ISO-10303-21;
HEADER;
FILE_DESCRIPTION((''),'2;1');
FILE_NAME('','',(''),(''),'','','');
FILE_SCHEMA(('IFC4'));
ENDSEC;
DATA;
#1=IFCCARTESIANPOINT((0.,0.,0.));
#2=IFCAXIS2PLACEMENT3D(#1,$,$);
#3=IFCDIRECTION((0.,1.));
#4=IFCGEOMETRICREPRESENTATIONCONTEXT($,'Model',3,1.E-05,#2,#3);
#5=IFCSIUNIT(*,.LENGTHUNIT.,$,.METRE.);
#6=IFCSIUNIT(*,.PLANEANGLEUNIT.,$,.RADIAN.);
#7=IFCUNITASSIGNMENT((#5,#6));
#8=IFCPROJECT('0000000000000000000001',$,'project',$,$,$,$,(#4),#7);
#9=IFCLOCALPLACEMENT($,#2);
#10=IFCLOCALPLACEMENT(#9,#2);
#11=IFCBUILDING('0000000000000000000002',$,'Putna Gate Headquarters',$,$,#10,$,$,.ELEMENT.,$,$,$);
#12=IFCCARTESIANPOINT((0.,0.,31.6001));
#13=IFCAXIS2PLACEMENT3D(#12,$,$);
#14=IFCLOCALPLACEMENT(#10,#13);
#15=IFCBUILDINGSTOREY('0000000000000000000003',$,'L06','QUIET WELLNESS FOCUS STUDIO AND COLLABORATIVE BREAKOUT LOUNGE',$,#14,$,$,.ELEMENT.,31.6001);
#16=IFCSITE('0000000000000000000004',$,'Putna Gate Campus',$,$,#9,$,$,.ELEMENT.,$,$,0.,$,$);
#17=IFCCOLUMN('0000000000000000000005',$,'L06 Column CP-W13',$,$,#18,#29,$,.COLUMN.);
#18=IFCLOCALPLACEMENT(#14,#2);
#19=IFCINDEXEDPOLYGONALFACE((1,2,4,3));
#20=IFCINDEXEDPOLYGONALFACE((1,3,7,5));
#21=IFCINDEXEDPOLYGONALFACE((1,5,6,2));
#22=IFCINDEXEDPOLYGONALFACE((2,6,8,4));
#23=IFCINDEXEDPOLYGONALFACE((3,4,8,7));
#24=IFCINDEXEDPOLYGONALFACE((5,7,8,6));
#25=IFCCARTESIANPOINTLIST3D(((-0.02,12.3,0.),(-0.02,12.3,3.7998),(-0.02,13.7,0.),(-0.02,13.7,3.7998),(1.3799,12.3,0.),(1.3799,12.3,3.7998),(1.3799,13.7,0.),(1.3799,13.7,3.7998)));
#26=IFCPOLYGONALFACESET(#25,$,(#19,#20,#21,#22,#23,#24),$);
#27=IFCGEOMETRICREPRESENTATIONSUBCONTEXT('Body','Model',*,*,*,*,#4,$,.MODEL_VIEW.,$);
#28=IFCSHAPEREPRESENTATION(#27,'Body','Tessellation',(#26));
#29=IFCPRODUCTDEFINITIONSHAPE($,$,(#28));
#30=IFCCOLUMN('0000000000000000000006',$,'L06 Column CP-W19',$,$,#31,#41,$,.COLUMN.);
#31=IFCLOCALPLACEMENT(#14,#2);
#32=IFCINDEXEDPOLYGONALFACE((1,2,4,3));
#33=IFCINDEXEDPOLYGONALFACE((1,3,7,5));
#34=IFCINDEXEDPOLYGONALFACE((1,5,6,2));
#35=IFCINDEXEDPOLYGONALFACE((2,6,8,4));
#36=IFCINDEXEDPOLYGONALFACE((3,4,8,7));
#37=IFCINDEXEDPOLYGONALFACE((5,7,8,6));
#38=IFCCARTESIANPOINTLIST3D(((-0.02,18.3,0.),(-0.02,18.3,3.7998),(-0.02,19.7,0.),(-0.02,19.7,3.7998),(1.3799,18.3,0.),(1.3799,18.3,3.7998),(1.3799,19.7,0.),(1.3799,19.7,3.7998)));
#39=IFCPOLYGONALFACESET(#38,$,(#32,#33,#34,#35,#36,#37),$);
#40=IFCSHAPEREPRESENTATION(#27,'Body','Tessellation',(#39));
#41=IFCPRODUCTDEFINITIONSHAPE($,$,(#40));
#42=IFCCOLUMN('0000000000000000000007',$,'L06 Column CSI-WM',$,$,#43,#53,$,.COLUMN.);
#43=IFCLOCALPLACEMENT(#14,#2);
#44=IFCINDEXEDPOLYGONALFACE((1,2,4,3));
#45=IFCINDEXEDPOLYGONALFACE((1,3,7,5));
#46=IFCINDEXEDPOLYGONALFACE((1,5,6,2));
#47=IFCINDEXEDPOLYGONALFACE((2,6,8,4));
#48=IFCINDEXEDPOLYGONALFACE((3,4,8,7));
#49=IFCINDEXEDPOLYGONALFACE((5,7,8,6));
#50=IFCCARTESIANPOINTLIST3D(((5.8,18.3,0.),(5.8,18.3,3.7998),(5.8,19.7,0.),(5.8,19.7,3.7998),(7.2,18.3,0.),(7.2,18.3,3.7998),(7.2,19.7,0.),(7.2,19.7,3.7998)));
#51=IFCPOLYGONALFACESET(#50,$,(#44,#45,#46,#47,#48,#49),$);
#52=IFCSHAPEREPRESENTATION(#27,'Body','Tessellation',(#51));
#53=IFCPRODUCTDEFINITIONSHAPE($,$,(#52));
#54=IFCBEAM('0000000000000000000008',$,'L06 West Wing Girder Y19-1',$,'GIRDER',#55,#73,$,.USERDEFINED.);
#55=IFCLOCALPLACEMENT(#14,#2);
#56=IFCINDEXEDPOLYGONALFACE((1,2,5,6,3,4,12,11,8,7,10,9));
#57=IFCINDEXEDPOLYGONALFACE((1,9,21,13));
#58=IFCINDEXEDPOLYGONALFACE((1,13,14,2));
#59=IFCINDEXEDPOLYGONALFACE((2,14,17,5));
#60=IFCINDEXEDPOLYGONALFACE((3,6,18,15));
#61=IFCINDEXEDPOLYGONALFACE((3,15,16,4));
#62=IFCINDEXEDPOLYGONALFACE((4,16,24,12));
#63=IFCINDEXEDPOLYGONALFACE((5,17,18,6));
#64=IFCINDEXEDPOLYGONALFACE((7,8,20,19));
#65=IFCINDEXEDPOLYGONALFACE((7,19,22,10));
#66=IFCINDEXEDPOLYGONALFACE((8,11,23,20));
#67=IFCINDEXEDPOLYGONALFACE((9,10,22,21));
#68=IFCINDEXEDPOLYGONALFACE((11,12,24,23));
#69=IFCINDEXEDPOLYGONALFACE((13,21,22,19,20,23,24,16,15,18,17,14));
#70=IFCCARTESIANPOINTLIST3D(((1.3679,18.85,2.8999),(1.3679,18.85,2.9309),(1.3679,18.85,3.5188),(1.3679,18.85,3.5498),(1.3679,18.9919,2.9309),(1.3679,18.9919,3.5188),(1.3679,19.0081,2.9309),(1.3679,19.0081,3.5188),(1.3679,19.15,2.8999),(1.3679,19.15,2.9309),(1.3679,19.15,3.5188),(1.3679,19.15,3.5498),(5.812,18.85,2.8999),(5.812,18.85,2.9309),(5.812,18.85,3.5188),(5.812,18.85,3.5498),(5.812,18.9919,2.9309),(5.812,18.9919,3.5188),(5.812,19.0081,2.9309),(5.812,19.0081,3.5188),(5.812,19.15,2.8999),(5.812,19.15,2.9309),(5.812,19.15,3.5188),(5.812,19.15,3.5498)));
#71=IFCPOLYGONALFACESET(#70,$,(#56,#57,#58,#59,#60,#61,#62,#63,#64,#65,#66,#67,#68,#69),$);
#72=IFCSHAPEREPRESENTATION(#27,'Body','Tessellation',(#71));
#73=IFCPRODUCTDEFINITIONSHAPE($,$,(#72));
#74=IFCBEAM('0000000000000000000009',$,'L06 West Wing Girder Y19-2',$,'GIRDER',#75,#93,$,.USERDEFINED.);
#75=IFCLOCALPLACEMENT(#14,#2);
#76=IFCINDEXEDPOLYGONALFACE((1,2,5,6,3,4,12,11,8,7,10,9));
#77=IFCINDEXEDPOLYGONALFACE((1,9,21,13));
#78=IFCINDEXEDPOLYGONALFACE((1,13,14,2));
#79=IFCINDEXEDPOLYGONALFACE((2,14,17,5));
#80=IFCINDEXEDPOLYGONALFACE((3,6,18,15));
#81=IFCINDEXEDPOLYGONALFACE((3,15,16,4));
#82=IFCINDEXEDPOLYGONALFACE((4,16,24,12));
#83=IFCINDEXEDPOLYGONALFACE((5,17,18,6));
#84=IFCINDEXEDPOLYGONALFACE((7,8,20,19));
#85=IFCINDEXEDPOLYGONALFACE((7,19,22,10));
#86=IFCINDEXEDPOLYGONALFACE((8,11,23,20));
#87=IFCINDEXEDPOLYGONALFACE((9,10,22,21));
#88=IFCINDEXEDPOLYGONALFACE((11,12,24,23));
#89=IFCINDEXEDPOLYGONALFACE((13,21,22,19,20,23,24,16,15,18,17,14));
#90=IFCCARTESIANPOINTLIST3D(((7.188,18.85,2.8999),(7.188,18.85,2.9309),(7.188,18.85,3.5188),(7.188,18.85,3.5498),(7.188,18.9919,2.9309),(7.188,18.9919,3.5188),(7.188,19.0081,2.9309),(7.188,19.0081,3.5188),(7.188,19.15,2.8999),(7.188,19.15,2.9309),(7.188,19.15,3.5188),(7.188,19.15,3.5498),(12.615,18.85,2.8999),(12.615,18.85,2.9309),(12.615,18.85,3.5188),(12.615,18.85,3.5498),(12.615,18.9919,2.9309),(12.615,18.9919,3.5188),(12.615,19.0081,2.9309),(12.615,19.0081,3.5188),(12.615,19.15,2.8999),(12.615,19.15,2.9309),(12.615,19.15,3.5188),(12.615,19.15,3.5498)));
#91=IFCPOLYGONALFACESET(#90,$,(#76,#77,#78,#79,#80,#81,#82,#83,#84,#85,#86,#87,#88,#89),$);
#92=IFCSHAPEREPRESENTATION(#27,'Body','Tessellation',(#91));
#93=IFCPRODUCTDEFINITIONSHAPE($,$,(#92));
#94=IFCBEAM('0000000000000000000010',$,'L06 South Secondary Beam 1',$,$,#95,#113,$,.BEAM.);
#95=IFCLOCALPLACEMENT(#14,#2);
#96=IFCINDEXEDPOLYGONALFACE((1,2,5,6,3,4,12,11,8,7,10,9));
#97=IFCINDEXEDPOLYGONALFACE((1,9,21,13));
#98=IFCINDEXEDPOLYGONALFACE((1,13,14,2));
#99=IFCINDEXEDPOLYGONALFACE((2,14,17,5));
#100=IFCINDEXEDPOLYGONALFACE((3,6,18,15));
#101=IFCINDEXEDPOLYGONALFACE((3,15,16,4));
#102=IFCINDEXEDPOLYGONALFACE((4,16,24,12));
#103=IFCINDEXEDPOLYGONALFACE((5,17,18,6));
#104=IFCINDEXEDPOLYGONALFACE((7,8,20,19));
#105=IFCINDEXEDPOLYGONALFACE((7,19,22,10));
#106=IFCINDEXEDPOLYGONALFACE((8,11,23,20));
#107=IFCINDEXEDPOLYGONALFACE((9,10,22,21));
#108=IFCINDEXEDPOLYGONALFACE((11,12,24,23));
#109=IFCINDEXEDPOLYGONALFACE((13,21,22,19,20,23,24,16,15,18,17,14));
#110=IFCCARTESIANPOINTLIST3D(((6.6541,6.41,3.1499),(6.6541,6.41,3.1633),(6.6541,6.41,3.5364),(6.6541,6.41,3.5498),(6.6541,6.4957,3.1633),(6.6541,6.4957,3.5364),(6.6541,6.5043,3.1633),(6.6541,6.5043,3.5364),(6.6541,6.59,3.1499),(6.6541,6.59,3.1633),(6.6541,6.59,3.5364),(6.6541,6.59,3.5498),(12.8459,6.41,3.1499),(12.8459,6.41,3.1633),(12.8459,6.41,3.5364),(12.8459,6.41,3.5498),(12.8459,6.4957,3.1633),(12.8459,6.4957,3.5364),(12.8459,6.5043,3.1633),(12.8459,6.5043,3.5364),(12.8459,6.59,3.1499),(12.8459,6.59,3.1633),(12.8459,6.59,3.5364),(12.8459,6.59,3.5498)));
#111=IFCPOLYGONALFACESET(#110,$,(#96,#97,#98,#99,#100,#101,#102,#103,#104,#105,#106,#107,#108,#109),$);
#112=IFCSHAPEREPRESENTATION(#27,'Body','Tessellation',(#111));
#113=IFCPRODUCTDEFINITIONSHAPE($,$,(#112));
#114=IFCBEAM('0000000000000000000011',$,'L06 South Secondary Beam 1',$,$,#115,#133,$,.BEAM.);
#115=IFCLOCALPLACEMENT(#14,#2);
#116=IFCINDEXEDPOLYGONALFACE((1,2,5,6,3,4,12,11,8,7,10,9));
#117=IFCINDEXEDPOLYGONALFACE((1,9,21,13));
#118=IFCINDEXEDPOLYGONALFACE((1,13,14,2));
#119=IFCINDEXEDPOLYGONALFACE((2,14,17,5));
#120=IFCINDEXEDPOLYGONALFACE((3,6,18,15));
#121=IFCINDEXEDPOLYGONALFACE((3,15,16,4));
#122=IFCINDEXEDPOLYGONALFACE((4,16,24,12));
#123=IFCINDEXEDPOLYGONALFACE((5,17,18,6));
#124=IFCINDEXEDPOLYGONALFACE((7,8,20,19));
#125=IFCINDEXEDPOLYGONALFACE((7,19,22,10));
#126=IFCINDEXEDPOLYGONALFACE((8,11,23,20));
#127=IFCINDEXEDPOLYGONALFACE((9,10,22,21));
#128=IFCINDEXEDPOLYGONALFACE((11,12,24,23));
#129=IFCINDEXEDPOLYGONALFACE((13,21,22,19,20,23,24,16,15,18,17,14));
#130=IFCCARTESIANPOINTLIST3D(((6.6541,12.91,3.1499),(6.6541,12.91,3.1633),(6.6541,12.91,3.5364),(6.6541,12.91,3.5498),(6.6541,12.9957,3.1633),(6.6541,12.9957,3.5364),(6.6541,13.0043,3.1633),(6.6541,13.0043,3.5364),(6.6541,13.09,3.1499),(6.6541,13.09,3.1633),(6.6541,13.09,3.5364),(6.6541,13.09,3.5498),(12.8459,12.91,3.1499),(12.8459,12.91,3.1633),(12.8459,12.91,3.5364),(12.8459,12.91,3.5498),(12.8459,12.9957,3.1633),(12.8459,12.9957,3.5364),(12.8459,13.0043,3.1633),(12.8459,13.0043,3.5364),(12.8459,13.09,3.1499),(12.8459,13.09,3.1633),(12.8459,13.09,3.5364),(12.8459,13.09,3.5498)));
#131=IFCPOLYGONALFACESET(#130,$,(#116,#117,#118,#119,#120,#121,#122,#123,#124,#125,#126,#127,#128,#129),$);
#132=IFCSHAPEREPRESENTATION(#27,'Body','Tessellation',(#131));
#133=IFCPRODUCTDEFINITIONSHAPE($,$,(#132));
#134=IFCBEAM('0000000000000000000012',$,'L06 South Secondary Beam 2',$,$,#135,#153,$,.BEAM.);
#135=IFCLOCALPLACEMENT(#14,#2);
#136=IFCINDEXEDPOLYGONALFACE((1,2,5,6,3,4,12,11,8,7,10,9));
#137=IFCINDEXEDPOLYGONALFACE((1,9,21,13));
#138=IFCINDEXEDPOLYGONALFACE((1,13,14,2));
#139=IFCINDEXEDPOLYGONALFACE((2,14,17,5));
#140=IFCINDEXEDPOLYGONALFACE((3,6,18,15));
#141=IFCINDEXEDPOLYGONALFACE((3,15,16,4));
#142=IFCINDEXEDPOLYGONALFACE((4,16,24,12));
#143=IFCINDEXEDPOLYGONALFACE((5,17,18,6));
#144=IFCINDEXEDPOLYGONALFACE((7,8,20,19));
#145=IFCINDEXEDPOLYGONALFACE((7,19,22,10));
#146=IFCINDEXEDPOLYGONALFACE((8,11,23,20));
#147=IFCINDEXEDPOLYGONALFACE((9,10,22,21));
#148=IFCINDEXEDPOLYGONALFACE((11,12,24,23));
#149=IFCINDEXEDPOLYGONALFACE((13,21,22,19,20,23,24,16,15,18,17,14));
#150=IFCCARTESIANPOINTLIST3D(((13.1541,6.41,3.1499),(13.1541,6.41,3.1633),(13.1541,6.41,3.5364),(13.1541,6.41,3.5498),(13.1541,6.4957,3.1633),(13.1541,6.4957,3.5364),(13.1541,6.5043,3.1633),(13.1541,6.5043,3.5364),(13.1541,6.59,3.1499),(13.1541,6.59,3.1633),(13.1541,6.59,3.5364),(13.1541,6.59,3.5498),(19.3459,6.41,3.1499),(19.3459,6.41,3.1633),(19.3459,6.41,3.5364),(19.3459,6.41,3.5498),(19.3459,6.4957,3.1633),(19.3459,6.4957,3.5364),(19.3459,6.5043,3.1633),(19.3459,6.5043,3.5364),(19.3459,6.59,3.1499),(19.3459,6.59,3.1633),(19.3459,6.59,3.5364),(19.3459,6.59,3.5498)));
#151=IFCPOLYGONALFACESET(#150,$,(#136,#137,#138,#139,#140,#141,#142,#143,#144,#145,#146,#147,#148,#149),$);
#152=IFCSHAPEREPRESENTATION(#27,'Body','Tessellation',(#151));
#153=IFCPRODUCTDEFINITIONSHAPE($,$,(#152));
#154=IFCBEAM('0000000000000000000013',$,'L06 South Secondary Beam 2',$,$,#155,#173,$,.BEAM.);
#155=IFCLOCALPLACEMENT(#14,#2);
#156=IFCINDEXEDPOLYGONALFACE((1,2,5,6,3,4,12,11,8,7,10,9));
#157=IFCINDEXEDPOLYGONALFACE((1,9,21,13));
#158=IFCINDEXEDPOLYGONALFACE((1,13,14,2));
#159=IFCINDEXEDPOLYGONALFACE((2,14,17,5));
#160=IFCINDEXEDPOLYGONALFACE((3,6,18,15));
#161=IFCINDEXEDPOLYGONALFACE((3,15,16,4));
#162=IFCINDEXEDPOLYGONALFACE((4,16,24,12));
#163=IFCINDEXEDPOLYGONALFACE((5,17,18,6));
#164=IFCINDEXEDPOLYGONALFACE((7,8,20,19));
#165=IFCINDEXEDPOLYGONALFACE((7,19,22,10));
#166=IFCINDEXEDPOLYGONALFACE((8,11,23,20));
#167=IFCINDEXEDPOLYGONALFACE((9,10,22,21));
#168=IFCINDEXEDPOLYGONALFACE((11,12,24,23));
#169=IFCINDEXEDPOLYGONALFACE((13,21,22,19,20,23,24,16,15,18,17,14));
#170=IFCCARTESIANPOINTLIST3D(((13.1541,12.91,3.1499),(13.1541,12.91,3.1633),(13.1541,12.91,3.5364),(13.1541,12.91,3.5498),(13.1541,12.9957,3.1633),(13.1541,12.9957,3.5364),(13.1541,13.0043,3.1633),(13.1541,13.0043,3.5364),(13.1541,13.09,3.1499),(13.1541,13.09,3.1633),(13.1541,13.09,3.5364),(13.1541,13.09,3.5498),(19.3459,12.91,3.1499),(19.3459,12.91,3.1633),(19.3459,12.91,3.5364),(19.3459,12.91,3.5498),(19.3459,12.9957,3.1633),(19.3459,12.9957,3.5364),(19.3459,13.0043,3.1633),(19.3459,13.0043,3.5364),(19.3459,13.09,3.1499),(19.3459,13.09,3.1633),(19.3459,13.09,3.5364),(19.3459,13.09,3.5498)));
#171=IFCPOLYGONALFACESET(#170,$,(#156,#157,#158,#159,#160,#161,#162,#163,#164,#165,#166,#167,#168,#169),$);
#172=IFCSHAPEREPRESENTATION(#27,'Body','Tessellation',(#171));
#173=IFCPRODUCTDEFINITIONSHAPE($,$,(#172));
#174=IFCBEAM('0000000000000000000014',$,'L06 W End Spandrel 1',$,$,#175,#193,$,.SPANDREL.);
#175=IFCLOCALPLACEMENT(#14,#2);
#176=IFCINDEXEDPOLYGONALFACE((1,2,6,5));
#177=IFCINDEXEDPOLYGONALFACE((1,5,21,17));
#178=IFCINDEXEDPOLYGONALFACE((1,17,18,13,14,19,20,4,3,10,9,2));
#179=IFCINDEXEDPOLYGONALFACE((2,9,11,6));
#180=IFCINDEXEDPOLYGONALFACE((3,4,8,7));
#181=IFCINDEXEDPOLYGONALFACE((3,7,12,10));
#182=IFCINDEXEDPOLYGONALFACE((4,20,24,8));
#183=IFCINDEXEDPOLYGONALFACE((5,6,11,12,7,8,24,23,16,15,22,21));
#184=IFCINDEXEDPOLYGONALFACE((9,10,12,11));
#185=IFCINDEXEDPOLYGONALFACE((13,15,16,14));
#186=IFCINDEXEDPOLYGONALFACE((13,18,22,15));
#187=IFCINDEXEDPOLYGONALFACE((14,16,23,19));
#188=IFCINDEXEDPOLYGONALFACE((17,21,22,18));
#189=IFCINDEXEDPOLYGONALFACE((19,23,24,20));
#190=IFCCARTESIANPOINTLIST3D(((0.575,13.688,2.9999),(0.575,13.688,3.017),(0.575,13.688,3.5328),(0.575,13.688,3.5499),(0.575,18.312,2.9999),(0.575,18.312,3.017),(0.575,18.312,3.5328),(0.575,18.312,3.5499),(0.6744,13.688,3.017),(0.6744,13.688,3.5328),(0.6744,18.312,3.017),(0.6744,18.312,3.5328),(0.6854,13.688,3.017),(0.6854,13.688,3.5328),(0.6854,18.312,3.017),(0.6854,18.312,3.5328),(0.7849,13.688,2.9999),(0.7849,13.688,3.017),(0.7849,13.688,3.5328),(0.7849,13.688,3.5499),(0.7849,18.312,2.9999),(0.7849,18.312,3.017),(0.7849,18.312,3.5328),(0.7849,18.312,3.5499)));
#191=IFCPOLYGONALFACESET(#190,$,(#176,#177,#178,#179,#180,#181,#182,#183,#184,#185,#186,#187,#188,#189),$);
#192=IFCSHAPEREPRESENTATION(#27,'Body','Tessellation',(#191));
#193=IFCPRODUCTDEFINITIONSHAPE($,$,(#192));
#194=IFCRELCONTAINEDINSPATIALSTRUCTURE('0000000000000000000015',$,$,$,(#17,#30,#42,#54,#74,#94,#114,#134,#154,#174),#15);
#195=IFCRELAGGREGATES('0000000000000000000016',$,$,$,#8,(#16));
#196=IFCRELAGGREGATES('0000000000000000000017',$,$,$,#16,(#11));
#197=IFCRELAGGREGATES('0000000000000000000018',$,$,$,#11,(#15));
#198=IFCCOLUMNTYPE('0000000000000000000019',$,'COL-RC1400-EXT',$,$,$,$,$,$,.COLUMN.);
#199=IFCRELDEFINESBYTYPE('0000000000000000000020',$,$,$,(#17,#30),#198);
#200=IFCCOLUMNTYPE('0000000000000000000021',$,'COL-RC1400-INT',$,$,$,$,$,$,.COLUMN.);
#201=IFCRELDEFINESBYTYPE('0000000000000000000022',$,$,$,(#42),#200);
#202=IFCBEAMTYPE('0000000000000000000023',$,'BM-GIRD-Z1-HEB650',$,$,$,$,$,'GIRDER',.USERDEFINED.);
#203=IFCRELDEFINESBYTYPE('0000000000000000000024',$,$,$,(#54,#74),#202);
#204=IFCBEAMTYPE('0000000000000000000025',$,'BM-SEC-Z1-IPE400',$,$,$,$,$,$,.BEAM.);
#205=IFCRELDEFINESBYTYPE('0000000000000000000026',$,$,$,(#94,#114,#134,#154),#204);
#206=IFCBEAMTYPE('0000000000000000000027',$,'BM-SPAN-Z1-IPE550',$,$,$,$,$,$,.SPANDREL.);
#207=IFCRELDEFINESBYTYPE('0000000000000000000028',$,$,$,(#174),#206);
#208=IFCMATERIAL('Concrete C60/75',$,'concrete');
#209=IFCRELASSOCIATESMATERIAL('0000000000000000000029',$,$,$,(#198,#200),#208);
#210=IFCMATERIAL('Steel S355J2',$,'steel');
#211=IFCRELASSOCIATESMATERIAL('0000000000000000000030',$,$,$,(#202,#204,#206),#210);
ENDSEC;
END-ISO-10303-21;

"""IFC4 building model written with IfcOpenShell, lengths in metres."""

from ifc_helpers import new_model, si_unit, direction, frame, origin, origin_2d, place, context, subcontext, project, spatial, rectangle, i_section, extrude, material, material_profile, profile_set, type_object, element, save


model = new_model("IFC4")

# Units and contexts
model_context = context("Model", 3, precision=1e-05, world=origin(), true_north=direction((0.0, 1.0)))
body_context = subcontext(model_context, "Body", "Model", "MODEL_VIEW")
ifc_project = project(units=[si_unit("LENGTHUNIT", "METRE"), si_unit("PLANEANGLEUNIT", "RADIAN")], contexts=[model_context])

# Site, building, storey
site_placement = place(None, origin())
site = spatial("IfcSite", under=ifc_project, at=site_placement, Name="Putna Gate Campus", CompositionType="ELEMENT", RefElevation=0.0)
building_placement = place(site_placement, origin())
building = spatial("IfcBuilding", under=site, at=building_placement, Name="Putna Gate Headquarters", CompositionType="ELEMENT")
storey_placement = place(building_placement, frame((0.0, 0.0, 31.6001)))
storey = spatial("IfcBuildingStorey", under=building, at=storey_placement, Name="L06", Description="QUIET WELLNESS FOCUS STUDIO AND COLLABORATIVE BREAKOUT LOUNGE", CompositionType="ELEMENT", Elevation=31.6001)

# Columns
ifc_material_1 = material(Name="Concrete C60/75", Category="concrete")
ifc_material_profile_1 = material_profile(ifc_material_1, rectangle(XDim=1.3999, YDim=1.3999, at=origin_2d()), Name="Concrete C60/75")
ifc_profile_set_1 = profile_set([ifc_material_profile_1], Name="Concrete C60/75")
column_type_1 = type_object("IfcColumnType", Name="COL-RC1400-EXT", PredefinedType="COLUMN", material=ifc_profile_set_1)
for number, where, z_axis, x_axis, name in (
    (1, (0.6799, 13.0, 0.0), (0.0, 0.0, 1.0), (1.0, 0.0, 0.0), "L06 Column CP-W13"),
    (2, (0.6799, 19.0, 0.0), (0.0, 0.0, 1.0), (1.0, 0.0, 0.0), "L06 Column CP-W19"),
):
    element("IfcColumn", number, at=place(storey_placement, frame(where, z_axis=z_axis, x_axis=x_axis)), inside=storey, type_object=column_type_1, Name=name, PredefinedType="COLUMN", context=body_context, shape_type="SweptSolid", body=[
        extrude(rectangle(XDim=1.3999, YDim=1.3999, at=origin_2d()), origin(), (0.0, 0.0, 1.0), 3.7998),
    ])
ifc_material_profile_2 = material_profile(ifc_material_1, rectangle(XDim=1.3999, YDim=1.3999, at=origin_2d()), Name="Concrete C60/75")
ifc_profile_set_2 = profile_set([ifc_material_profile_2], Name="Concrete C60/75")
column_type_2 = type_object("IfcColumnType", Name="COL-RC1400-INT", PredefinedType="COLUMN", material=ifc_profile_set_2)
column_placement = place(storey_placement, frame((6.5, 19.0, 0.0), z_axis=(0.0, 0.0, 1.0), x_axis=(1.0, 0.0, 0.0)))
element("IfcColumn", 3, at=column_placement, inside=storey, type_object=column_type_2, Name="L06 Column CSI-WM", PredefinedType="COLUMN", context=body_context, shape_type="SweptSolid", body=[
    extrude(rectangle(XDim=1.3999, YDim=1.3999, at=origin_2d()), origin(), (0.0, 0.0, 1.0), 3.7998),
])

# Beams
ifc_material_2 = material(Name="Steel S355J2", Category="steel")
ifc_material_profile_3 = material_profile(ifc_material_2, i_section(OverallWidth=0.3, OverallDepth=0.6499, WebThickness=0.0161, FlangeThickness=0.031, at=origin_2d()), Name="Steel S355J2")
ifc_profile_set_3 = profile_set([ifc_material_profile_3], Name="Steel S355J2")
beam_type_1 = type_object("IfcBeamType", Name="BM-GIRD-Z1-HEB650", ElementType="GIRDER", PredefinedType="USERDEFINED", material=ifc_profile_set_3)
beam_1_placement = place(storey_placement, frame((1.3679, 19.0, 3.2249), z_axis=(1.0, 0.0, 0.0), x_axis=(0.0, 1.0, 0.0)))
element("IfcBeam", 4, at=beam_1_placement, inside=storey, type_object=beam_type_1, Name="L06 West Wing Girder Y19-1", ObjectType="GIRDER", PredefinedType="USERDEFINED", context=body_context, shape_type="SweptSolid", body=[
    extrude(i_section(OverallWidth=0.3, OverallDepth=0.6499, WebThickness=0.0161, FlangeThickness=0.031, at=origin_2d()), origin(), (0.0, 0.0, 1.0), 4.4441),
])
beam_2_placement = place(storey_placement, frame((7.188, 19.0, 3.2249), z_axis=(1.0, 0.0, 0.0), x_axis=(0.0, 1.0, 0.0)))
element("IfcBeam", 5, at=beam_2_placement, inside=storey, type_object=beam_type_1, Name="L06 West Wing Girder Y19-2", ObjectType="GIRDER", PredefinedType="USERDEFINED", context=body_context, shape_type="SweptSolid", body=[
    extrude(i_section(OverallWidth=0.3, OverallDepth=0.6499, WebThickness=0.0161, FlangeThickness=0.031, at=origin_2d()), origin(), (0.0, 0.0, 1.0), 5.427),
])
ifc_material_profile_4 = material_profile(ifc_material_2, i_section(OverallWidth=0.1799, OverallDepth=0.3999, WebThickness=0.0085, FlangeThickness=0.0134, at=origin_2d()), Name="Steel S355J2")
ifc_profile_set_4 = profile_set([ifc_material_profile_4], Name="Steel S355J2")
beam_type_2 = type_object("IfcBeamType", Name="BM-SEC-Z1-IPE400", PredefinedType="BEAM", material=ifc_profile_set_4)
for number, where, z_axis, x_axis, name in (
    (6, (6.6541, 6.5, 3.3499), (1.0, 0.0, 0.0), (0.0, 1.0, 0.0), "L06 South Secondary Beam 1"),
    (7, (6.6541, 13.0, 3.3499), (1.0, 0.0, 0.0), (0.0, 1.0, 0.0), "L06 South Secondary Beam 1"),
    (8, (13.1541, 6.5, 3.3499), (1.0, 0.0, 0.0), (0.0, 1.0, 0.0), "L06 South Secondary Beam 2"),
    (9, (13.1541, 13.0, 3.3499), (1.0, 0.0, 0.0), (0.0, 1.0, 0.0), "L06 South Secondary Beam 2"),
):
    element("IfcBeam", number, at=place(storey_placement, frame(where, z_axis=z_axis, x_axis=x_axis)), inside=storey, type_object=beam_type_2, Name=name, PredefinedType="BEAM", context=body_context, shape_type="SweptSolid", body=[
        extrude(i_section(OverallWidth=0.1799, OverallDepth=0.3999, WebThickness=0.0085, FlangeThickness=0.0134, at=origin_2d()), origin(), (0.0, 0.0, 1.0), 6.1919),
    ])
ifc_material_profile_5 = material_profile(ifc_material_2, i_section(OverallWidth=0.21, OverallDepth=0.55, WebThickness=0.011, FlangeThickness=0.0171, at=origin_2d()), Name="Steel S355J2")
ifc_profile_set_5 = profile_set([ifc_material_profile_5], Name="Steel S355J2")
beam_type_3 = type_object("IfcBeamType", Name="BM-SPAN-Z1-IPE550", PredefinedType="SPANDREL", material=ifc_profile_set_5)
beam_3_placement = place(storey_placement, frame((0.6799, 13.688, 3.2749), z_axis=(0.0, 1.0, 0.0), x_axis=(-1.0, 0.0, 0.0)))
element("IfcBeam", 10, at=beam_3_placement, inside=storey, type_object=beam_type_3, Name="L06 W End Spandrel 1", PredefinedType="SPANDREL", context=body_context, shape_type="SweptSolid", body=[
    extrude(i_section(OverallWidth=0.21, OverallDepth=0.55, WebThickness=0.011, FlangeThickness=0.0171, at=origin_2d()), origin(), (0.0, 0.0, 1.0), 4.624),
])

save(model, "model.ifc")
